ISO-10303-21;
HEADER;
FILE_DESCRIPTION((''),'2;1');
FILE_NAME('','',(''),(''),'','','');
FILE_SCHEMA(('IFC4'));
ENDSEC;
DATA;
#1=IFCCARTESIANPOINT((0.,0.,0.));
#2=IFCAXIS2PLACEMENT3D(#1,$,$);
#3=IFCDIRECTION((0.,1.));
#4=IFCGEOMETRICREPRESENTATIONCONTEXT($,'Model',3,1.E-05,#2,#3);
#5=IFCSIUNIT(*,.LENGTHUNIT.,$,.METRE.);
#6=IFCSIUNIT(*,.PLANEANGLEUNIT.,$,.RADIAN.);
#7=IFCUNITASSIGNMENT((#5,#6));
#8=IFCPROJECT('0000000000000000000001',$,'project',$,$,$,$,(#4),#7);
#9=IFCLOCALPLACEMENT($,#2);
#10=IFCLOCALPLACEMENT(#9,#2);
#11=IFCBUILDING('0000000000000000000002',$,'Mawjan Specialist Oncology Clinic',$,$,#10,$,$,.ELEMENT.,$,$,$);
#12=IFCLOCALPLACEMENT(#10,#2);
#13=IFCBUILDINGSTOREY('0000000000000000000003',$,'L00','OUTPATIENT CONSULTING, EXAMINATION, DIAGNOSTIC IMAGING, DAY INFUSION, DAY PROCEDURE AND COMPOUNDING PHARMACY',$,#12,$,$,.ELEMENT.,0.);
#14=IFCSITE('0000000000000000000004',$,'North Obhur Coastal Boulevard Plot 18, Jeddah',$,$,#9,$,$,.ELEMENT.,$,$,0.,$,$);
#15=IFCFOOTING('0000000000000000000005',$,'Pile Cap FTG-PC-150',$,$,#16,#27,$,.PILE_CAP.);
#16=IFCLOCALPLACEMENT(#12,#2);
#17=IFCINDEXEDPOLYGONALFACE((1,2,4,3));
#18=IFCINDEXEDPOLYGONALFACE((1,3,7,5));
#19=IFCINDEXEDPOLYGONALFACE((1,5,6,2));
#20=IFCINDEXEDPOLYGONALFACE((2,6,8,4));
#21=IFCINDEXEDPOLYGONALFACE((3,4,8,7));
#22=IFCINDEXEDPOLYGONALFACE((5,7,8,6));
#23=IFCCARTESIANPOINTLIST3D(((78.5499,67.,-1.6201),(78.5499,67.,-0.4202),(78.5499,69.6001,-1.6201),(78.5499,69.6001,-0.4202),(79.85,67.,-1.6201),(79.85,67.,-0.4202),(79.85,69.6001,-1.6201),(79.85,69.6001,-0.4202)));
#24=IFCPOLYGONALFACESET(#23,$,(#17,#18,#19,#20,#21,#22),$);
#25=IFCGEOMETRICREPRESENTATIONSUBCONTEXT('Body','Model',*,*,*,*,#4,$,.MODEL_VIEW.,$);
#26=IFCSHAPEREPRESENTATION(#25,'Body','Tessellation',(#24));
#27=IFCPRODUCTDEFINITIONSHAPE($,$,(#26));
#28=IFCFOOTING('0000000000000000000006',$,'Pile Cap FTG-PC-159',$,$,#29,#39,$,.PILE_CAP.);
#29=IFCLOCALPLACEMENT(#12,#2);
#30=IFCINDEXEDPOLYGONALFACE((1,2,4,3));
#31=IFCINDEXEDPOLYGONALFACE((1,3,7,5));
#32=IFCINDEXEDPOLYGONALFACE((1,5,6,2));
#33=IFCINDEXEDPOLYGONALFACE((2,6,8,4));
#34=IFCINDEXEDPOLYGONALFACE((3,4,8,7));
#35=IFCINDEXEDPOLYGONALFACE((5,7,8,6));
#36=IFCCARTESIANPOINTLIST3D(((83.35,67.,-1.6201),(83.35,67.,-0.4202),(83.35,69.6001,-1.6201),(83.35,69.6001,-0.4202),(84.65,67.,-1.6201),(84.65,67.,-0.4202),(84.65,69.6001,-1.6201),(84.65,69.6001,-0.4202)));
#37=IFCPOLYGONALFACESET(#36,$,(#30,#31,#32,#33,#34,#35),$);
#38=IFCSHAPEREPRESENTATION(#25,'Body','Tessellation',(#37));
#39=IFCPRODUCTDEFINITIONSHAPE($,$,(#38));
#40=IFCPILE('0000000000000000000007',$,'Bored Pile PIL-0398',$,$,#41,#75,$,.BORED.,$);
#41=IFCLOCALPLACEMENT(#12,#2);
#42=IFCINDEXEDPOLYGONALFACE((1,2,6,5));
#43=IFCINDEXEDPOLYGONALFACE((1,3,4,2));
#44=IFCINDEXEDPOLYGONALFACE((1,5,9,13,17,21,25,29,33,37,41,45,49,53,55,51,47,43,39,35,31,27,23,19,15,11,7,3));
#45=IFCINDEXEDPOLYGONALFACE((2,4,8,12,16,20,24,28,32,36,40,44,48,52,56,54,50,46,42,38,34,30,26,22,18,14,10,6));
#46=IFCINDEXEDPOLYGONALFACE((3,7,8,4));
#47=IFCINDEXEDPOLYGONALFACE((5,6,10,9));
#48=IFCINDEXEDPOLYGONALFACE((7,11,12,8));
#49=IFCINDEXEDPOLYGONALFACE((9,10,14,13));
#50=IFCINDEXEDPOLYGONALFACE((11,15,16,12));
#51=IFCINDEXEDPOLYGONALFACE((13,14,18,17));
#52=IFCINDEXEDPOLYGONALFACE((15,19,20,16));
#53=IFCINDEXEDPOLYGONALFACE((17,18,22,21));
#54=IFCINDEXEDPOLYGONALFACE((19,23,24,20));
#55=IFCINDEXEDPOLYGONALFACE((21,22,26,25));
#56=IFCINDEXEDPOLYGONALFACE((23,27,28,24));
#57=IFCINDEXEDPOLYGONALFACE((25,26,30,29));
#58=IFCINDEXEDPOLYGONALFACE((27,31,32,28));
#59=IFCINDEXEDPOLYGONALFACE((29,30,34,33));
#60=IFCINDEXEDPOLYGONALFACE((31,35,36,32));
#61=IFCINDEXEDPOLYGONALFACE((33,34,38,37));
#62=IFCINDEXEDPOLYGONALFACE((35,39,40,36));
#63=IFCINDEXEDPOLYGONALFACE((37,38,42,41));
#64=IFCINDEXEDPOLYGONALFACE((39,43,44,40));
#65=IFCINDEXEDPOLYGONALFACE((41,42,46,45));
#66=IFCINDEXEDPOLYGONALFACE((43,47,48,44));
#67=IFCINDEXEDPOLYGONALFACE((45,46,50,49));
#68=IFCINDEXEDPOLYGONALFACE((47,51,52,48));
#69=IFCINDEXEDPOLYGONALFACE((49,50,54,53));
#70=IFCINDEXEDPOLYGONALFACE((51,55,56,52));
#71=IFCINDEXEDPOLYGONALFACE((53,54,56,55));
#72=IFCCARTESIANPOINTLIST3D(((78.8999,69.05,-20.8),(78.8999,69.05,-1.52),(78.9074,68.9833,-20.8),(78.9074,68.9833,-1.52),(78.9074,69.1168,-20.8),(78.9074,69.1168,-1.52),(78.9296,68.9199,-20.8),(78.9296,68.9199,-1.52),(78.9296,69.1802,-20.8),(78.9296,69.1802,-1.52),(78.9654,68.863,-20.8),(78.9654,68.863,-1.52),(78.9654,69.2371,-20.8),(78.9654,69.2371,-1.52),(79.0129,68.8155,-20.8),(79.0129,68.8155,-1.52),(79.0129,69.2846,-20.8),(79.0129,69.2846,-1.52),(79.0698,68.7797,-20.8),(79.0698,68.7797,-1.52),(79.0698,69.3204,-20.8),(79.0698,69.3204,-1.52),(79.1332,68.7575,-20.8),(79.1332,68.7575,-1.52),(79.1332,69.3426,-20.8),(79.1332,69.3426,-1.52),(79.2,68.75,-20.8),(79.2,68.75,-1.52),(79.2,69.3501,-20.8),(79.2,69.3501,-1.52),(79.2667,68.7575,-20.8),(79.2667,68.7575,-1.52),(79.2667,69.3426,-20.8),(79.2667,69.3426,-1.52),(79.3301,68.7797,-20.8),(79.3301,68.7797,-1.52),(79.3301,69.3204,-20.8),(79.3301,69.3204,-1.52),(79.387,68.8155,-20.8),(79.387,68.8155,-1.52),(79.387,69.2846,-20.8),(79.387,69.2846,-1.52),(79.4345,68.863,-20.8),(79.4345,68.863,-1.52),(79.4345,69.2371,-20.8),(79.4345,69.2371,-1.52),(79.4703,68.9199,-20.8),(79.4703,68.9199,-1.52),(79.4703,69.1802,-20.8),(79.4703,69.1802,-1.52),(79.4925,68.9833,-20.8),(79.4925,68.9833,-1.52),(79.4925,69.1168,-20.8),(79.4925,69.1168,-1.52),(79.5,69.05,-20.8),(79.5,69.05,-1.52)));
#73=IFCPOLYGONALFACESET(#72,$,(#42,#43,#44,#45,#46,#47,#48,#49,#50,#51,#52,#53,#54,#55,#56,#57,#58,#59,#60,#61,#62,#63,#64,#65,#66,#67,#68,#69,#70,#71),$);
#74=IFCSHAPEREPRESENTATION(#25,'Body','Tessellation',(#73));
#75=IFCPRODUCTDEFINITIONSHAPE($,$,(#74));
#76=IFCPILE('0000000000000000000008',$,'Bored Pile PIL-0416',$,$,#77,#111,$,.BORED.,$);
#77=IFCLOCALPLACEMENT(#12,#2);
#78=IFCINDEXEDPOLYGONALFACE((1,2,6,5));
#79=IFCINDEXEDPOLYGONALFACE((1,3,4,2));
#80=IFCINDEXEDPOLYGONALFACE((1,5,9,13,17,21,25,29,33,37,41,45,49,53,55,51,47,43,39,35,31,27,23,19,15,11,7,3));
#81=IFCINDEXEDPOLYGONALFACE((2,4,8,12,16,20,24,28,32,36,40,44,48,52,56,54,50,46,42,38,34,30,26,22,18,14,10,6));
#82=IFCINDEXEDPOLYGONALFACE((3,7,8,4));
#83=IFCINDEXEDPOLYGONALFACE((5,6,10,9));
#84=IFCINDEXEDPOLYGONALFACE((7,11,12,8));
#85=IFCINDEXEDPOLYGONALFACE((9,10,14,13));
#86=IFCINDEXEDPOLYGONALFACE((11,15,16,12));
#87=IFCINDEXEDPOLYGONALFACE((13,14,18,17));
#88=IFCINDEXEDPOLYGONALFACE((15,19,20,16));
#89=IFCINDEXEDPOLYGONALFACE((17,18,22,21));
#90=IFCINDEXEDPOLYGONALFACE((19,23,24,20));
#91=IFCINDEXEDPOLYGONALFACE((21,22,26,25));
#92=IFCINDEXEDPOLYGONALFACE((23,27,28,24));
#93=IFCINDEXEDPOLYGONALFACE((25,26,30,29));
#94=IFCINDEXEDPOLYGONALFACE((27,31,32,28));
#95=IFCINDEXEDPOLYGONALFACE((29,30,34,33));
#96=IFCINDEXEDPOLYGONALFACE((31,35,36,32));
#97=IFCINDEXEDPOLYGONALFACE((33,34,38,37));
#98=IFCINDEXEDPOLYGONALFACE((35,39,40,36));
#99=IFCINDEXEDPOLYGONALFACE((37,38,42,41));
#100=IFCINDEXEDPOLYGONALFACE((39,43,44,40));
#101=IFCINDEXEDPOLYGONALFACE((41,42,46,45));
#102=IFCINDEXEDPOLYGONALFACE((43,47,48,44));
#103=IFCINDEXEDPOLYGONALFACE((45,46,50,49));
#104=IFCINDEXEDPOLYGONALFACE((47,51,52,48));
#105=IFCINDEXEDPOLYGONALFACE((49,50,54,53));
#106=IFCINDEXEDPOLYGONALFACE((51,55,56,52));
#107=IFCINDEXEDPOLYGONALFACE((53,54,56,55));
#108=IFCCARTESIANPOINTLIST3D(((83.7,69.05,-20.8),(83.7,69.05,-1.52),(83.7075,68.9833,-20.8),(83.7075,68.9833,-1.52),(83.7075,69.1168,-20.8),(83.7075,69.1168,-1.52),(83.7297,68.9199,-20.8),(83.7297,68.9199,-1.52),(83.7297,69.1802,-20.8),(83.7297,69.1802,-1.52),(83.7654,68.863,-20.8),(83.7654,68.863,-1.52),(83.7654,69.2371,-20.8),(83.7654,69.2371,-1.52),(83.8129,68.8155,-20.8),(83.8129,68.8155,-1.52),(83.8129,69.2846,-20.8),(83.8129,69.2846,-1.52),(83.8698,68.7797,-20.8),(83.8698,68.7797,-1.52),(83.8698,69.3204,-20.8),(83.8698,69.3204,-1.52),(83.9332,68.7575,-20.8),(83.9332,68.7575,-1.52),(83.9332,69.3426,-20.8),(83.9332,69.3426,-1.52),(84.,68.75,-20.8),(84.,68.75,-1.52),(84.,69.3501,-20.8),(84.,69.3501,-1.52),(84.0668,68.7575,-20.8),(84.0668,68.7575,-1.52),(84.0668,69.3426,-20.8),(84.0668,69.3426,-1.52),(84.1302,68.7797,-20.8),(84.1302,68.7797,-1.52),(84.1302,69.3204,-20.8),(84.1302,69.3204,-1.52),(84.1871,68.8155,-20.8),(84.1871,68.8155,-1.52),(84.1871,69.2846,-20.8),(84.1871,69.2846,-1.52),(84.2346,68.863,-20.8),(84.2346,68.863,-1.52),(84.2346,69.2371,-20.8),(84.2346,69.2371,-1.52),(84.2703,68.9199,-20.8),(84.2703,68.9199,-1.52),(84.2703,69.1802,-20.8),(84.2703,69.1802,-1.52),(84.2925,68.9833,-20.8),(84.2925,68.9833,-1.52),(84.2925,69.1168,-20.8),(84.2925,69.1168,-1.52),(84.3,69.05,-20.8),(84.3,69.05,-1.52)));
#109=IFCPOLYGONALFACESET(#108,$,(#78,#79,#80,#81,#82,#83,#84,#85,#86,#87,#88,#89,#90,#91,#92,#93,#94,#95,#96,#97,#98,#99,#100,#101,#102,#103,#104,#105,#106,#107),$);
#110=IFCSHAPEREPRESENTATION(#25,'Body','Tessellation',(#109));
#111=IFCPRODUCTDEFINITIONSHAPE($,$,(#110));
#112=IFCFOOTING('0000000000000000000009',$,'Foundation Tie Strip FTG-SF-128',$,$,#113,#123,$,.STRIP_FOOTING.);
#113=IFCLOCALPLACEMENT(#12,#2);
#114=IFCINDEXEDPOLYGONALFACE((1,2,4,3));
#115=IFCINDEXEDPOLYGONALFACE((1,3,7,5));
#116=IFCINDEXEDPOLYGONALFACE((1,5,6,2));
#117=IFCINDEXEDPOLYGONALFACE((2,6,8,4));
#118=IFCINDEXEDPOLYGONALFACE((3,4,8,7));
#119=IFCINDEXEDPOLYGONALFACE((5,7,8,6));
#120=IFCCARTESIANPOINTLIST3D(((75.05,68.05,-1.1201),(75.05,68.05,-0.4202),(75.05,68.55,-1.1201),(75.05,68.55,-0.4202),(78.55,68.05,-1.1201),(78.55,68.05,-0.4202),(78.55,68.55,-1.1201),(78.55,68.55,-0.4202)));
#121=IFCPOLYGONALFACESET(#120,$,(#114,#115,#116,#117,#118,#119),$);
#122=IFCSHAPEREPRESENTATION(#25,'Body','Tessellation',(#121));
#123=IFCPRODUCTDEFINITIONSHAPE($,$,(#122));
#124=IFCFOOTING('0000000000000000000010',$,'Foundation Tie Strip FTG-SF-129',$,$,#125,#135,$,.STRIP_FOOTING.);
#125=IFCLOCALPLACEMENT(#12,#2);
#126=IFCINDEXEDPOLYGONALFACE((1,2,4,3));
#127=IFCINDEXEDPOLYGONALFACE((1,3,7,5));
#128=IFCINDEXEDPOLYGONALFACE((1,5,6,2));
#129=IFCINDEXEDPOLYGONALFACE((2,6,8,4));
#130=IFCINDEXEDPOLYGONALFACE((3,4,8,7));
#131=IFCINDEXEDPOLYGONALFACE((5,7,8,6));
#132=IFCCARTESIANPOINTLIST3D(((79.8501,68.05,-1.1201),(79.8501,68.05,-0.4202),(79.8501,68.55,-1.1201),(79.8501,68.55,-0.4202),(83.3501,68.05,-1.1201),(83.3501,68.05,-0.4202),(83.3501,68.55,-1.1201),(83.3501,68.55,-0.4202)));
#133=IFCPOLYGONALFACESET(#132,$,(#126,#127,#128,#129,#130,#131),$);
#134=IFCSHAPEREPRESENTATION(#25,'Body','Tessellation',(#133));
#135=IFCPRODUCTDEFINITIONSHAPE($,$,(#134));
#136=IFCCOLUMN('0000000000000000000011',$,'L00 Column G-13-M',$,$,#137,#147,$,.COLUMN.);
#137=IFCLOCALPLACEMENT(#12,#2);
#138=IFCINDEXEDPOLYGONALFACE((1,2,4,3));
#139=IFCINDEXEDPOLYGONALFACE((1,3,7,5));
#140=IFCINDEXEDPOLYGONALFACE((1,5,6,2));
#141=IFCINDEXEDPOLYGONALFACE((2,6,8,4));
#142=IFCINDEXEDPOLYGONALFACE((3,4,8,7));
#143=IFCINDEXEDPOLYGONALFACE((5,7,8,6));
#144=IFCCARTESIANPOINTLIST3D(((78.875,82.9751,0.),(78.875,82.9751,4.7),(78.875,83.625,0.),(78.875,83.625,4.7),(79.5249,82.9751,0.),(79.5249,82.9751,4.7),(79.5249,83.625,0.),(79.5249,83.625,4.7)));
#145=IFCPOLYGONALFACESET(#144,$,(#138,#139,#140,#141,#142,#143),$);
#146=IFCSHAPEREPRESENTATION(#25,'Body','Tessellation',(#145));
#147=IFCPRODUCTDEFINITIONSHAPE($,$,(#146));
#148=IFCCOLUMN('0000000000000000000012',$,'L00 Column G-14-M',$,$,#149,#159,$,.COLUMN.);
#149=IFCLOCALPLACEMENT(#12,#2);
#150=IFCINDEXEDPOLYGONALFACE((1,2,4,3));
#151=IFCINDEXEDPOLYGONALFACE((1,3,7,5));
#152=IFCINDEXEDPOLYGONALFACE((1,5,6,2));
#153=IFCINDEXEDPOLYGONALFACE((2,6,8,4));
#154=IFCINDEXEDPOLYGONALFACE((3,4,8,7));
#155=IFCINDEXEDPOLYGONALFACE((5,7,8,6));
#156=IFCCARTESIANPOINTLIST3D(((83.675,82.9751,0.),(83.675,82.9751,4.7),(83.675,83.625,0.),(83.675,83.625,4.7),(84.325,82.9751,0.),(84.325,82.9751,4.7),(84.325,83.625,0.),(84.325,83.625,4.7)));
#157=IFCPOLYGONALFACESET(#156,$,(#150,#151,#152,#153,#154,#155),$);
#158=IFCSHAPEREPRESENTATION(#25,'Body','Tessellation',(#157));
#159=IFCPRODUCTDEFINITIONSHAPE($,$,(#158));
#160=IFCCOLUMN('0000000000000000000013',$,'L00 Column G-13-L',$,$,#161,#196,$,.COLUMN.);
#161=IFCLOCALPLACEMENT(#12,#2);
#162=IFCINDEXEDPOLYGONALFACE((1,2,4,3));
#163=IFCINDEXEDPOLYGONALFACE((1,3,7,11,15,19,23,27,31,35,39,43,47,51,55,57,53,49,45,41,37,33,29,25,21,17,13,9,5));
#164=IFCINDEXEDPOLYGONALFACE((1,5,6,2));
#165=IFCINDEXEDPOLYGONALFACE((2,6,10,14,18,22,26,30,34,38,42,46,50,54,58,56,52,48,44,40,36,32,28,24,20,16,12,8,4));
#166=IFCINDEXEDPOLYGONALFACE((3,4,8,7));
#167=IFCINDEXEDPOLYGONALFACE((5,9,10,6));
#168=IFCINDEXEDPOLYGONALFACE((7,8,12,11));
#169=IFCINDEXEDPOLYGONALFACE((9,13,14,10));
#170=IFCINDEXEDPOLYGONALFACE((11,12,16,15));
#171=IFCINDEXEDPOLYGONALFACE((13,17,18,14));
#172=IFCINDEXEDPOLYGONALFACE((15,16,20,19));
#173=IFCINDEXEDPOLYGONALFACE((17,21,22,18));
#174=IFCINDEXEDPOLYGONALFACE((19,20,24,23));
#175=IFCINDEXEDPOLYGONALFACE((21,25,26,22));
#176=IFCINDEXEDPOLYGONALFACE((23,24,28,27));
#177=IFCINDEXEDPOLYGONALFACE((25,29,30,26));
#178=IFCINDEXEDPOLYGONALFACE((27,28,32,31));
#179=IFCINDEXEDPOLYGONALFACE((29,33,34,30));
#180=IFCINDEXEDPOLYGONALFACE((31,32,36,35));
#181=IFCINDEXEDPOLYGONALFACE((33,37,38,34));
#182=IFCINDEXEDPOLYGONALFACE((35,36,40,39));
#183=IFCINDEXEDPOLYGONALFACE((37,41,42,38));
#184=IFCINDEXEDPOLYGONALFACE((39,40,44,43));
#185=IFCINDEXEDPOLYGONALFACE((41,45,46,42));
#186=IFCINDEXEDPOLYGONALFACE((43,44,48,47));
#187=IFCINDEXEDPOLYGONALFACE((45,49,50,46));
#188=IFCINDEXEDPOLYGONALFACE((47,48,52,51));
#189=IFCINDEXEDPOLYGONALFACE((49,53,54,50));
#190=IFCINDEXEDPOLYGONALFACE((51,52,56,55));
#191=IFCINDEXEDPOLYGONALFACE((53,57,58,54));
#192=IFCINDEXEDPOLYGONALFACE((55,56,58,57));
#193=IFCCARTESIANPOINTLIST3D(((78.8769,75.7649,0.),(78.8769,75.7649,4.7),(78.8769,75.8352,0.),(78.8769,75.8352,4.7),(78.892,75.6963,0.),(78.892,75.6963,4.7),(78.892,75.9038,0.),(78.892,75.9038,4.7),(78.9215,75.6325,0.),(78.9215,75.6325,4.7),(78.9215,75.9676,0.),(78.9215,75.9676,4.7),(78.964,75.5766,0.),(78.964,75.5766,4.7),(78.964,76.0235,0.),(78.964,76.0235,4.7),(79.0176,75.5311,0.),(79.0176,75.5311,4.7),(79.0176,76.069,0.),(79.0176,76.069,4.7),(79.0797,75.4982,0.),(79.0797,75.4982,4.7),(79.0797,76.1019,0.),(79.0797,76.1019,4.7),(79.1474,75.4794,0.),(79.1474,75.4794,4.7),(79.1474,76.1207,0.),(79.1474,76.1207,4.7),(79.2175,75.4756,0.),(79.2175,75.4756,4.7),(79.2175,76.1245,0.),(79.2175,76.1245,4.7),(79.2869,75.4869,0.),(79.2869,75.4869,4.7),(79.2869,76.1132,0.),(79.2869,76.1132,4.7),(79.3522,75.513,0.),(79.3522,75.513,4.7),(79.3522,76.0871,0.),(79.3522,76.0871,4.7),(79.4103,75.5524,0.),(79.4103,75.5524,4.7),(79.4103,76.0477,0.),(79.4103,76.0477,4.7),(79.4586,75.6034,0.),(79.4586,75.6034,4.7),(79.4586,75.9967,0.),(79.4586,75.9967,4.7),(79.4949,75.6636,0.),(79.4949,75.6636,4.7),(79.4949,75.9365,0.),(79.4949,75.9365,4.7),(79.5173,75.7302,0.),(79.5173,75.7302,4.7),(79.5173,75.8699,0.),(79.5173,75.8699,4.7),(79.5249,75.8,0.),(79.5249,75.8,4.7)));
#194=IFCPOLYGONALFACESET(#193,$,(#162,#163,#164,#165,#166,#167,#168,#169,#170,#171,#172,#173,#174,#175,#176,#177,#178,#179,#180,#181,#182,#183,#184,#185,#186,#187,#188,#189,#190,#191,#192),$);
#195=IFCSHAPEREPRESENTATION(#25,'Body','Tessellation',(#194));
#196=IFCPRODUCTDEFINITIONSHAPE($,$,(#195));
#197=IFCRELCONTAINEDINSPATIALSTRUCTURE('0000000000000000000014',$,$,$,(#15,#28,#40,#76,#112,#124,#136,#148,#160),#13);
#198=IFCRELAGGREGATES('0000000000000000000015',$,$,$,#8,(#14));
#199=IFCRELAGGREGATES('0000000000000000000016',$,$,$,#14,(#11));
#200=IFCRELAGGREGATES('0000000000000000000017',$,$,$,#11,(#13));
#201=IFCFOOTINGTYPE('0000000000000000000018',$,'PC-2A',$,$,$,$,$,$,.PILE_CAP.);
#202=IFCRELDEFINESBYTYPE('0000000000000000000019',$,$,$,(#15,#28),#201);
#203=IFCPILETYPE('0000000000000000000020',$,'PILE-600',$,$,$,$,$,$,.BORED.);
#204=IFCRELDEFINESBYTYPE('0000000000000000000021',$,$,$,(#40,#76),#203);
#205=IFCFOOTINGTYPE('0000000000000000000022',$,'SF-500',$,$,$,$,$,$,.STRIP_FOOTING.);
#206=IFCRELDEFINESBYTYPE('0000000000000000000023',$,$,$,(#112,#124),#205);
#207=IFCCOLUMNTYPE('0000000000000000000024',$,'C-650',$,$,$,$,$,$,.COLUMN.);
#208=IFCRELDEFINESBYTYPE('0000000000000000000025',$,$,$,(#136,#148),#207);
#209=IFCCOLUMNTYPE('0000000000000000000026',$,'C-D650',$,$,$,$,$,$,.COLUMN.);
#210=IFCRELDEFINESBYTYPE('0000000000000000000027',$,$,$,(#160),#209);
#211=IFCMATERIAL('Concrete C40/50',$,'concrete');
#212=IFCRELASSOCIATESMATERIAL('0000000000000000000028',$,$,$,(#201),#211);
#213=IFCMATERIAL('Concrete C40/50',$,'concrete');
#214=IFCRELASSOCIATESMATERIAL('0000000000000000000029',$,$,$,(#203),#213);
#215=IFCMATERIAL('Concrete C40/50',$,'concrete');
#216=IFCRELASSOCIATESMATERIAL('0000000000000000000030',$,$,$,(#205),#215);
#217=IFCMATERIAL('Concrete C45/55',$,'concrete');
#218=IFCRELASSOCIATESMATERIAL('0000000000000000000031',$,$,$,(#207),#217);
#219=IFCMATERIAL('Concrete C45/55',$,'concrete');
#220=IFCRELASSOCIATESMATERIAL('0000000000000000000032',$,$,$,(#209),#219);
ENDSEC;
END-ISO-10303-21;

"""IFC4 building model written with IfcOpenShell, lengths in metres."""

from ifc_helpers import new_model, si_unit, direction, frame, origin, origin_2d, place, context, subcontext, project, spatial, rectangle, circle, extrude, material, material_profile, profile_set, type_object, element, save


model = new_model("IFC4")

# Units and contexts
model_context = context("Model", 3, precision=1e-05, world=origin(), true_north=direction((0.0, 1.0)))
body_context = subcontext(model_context, "Body", "Model", "MODEL_VIEW")
ifc_project = project(units=[si_unit("LENGTHUNIT", "METRE"), si_unit("PLANEANGLEUNIT", "RADIAN")], contexts=[model_context])

# Site, building, storey
site_placement = place(None, origin())
site = spatial("IfcSite", under=ifc_project, at=site_placement, Name="North Obhur Coastal Boulevard Plot 18, Jeddah", CompositionType="ELEMENT", RefElevation=0.0)
building_placement = place(site_placement, origin())
building = spatial("IfcBuilding", under=site, at=building_placement, Name="Mawjan Specialist Oncology Clinic", CompositionType="ELEMENT")
storey_placement = place(building_placement, origin())
storey = spatial("IfcBuildingStorey", under=building, at=storey_placement, Name="L00", Description="OUTPATIENT CONSULTING, EXAMINATION, DIAGNOSTIC IMAGING, DAY INFUSION, DAY PROCEDURE AND COMPOUNDING PHARMACY", CompositionType="ELEMENT", Elevation=0.0)

# Footings
ifc_material_1 = material(Name="Concrete C40/50", Category="concrete")
footing_type_1 = type_object("IfcFootingType", Name="PC-2A", PredefinedType="PILE_CAP", material=ifc_material_1)
for number, where, z_axis, x_axis, name in (
    (1, (79.2, 68.3, -1.6201), (0.0, 0.0, 1.0), (0.0, 1.0, 0.0), "Pile Cap FTG-PC-150"),
    (2, (84.0, 68.3, -1.6201), (0.0, 0.0, 1.0), (0.0, 1.0, 0.0), "Pile Cap FTG-PC-159"),
):
    element("IfcFooting", number, at=place(storey_placement, frame(where, z_axis=z_axis, x_axis=x_axis)), inside=storey, type_object=footing_type_1, Name=name, PredefinedType="PILE_CAP", context=body_context, shape_type="SweptSolid", body=[
        extrude(rectangle(XDim=2.6001, YDim=1.3, at=origin_2d()), origin(), (0.0, 0.0, 1.0), 1.2),
    ])

# Piles
ifc_material_2 = material(Name="Concrete C40/50", Category="concrete")
ifc_material_profile_1 = material_profile(ifc_material_2, circle(Radius=0.3, at=origin_2d()), Name="BORED PILE D600", Category="concrete")
ifc_profile_set_1 = profile_set([ifc_material_profile_1], Name="Concrete C40/50")
pile_type = type_object("IfcPileType", Name="PILE-600", PredefinedType="BORED", material=ifc_profile_set_1)
for number, where, z_axis, x_axis, name in (
    (3, (79.2, 69.05, -1.52), (0.0, 0.0, -1.0), (1.0, 0.0, 0.0), "Bored Pile PIL-0398"),
    (4, (84.0, 69.05, -1.52), (0.0, 0.0, -1.0), (1.0, 0.0, 0.0), "Bored Pile PIL-0416"),
):
    element("IfcPile", number, at=place(storey_placement, frame(where, z_axis=z_axis, x_axis=x_axis)), inside=storey, type_object=pile_type, Name=name, PredefinedType="BORED", context=body_context, shape_type="SweptSolid", body=[
        extrude(circle(Radius=0.3, at=origin_2d()), origin(), (0.0, 0.0, 1.0), 19.28),
    ])

# Footings
ifc_material_3 = material(Name="Concrete C40/50", Category="concrete")
footing_type_2 = type_object("IfcFootingType", Name="SF-500", PredefinedType="STRIP_FOOTING", material=ifc_material_3)
for number, where, z_axis, x_axis, name in (
    (5, (76.8, 68.3, -1.1201), (0.0, 0.0, 1.0), (1.0, 0.0, 0.0), "Foundation Tie Strip FTG-SF-128"),
    (6, (81.6001, 68.3, -1.1201), (0.0, 0.0, 1.0), (1.0, 0.0, 0.0), "Foundation Tie Strip FTG-SF-129"),
):
    element("IfcFooting", number, at=place(storey_placement, frame(where, z_axis=z_axis, x_axis=x_axis)), inside=storey, type_object=footing_type_2, Name=name, PredefinedType="STRIP_FOOTING", context=body_context, shape_type="SweptSolid", body=[
        extrude(rectangle(XDim=3.5, YDim=0.5, at=origin_2d()), origin(), (0.0, 0.0, 1.0), 0.7),
    ])

# Columns
ifc_material_4 = material(Name="Concrete C45/55", Category="concrete")
ifc_material_profile_2 = material_profile(ifc_material_4, rectangle(XDim=0.6499, YDim=0.6499, at=origin_2d()), Name="RC COL 650x650", Category="concrete")
ifc_profile_set_2 = profile_set([ifc_material_profile_2], Name="Concrete C45/55")
column_type_1 = type_object("IfcColumnType", Name="C-650", PredefinedType="COLUMN", material=ifc_profile_set_2)
for number, where, z_axis, x_axis, name in (
    (7, (79.2, 83.3, 0.0), (0.0, 0.0, 1.0), (1.0, 0.0, 0.0), "L00 Column G-13-M"),
    (8, (84.0, 83.3, 0.0), (0.0, 0.0, 1.0), (1.0, 0.0, 0.0), "L00 Column G-14-M"),
):
    element("IfcColumn", number, at=place(storey_placement, frame(where, z_axis=z_axis, x_axis=x_axis)), inside=storey, type_object=column_type_1, Name=name, PredefinedType="COLUMN", context=body_context, shape_type="SweptSolid", body=[
        extrude(rectangle(XDim=0.6499, YDim=0.6499, at=origin_2d()), origin(), (0.0, 0.0, 1.0), 4.7),
    ])
ifc_material_5 = material(Name="Concrete C45/55", Category="concrete")
ifc_material_profile_3 = material_profile(ifc_material_5, circle(Radius=0.325, at=origin_2d()), Name="RC COL D650", Category="concrete")
ifc_profile_set_3 = profile_set([ifc_material_profile_3], Name="Concrete C45/55")
column_type_2 = type_object("IfcColumnType", Name="C-D650", PredefinedType="COLUMN", material=ifc_profile_set_3)
for number, where, z_axis, x_axis, name in (
    (9, (79.2, 75.8, 0.0), (0.0, 0.0, 1.0), (1.0, 0.0, 0.0), "L00 Column G-13-L"),
):
    element("IfcColumn", number, at=place(storey_placement, frame(where, z_axis=z_axis, x_axis=x_axis)), inside=storey, type_object=column_type_2, Name=name, PredefinedType="COLUMN", context=body_context, shape_type="SweptSolid", body=[
        extrude(circle(Radius=0.325, at=origin_2d()), origin(), (0.0, 0.0, 1.0), 4.7),
    ])

save(model, "model.ifc")
